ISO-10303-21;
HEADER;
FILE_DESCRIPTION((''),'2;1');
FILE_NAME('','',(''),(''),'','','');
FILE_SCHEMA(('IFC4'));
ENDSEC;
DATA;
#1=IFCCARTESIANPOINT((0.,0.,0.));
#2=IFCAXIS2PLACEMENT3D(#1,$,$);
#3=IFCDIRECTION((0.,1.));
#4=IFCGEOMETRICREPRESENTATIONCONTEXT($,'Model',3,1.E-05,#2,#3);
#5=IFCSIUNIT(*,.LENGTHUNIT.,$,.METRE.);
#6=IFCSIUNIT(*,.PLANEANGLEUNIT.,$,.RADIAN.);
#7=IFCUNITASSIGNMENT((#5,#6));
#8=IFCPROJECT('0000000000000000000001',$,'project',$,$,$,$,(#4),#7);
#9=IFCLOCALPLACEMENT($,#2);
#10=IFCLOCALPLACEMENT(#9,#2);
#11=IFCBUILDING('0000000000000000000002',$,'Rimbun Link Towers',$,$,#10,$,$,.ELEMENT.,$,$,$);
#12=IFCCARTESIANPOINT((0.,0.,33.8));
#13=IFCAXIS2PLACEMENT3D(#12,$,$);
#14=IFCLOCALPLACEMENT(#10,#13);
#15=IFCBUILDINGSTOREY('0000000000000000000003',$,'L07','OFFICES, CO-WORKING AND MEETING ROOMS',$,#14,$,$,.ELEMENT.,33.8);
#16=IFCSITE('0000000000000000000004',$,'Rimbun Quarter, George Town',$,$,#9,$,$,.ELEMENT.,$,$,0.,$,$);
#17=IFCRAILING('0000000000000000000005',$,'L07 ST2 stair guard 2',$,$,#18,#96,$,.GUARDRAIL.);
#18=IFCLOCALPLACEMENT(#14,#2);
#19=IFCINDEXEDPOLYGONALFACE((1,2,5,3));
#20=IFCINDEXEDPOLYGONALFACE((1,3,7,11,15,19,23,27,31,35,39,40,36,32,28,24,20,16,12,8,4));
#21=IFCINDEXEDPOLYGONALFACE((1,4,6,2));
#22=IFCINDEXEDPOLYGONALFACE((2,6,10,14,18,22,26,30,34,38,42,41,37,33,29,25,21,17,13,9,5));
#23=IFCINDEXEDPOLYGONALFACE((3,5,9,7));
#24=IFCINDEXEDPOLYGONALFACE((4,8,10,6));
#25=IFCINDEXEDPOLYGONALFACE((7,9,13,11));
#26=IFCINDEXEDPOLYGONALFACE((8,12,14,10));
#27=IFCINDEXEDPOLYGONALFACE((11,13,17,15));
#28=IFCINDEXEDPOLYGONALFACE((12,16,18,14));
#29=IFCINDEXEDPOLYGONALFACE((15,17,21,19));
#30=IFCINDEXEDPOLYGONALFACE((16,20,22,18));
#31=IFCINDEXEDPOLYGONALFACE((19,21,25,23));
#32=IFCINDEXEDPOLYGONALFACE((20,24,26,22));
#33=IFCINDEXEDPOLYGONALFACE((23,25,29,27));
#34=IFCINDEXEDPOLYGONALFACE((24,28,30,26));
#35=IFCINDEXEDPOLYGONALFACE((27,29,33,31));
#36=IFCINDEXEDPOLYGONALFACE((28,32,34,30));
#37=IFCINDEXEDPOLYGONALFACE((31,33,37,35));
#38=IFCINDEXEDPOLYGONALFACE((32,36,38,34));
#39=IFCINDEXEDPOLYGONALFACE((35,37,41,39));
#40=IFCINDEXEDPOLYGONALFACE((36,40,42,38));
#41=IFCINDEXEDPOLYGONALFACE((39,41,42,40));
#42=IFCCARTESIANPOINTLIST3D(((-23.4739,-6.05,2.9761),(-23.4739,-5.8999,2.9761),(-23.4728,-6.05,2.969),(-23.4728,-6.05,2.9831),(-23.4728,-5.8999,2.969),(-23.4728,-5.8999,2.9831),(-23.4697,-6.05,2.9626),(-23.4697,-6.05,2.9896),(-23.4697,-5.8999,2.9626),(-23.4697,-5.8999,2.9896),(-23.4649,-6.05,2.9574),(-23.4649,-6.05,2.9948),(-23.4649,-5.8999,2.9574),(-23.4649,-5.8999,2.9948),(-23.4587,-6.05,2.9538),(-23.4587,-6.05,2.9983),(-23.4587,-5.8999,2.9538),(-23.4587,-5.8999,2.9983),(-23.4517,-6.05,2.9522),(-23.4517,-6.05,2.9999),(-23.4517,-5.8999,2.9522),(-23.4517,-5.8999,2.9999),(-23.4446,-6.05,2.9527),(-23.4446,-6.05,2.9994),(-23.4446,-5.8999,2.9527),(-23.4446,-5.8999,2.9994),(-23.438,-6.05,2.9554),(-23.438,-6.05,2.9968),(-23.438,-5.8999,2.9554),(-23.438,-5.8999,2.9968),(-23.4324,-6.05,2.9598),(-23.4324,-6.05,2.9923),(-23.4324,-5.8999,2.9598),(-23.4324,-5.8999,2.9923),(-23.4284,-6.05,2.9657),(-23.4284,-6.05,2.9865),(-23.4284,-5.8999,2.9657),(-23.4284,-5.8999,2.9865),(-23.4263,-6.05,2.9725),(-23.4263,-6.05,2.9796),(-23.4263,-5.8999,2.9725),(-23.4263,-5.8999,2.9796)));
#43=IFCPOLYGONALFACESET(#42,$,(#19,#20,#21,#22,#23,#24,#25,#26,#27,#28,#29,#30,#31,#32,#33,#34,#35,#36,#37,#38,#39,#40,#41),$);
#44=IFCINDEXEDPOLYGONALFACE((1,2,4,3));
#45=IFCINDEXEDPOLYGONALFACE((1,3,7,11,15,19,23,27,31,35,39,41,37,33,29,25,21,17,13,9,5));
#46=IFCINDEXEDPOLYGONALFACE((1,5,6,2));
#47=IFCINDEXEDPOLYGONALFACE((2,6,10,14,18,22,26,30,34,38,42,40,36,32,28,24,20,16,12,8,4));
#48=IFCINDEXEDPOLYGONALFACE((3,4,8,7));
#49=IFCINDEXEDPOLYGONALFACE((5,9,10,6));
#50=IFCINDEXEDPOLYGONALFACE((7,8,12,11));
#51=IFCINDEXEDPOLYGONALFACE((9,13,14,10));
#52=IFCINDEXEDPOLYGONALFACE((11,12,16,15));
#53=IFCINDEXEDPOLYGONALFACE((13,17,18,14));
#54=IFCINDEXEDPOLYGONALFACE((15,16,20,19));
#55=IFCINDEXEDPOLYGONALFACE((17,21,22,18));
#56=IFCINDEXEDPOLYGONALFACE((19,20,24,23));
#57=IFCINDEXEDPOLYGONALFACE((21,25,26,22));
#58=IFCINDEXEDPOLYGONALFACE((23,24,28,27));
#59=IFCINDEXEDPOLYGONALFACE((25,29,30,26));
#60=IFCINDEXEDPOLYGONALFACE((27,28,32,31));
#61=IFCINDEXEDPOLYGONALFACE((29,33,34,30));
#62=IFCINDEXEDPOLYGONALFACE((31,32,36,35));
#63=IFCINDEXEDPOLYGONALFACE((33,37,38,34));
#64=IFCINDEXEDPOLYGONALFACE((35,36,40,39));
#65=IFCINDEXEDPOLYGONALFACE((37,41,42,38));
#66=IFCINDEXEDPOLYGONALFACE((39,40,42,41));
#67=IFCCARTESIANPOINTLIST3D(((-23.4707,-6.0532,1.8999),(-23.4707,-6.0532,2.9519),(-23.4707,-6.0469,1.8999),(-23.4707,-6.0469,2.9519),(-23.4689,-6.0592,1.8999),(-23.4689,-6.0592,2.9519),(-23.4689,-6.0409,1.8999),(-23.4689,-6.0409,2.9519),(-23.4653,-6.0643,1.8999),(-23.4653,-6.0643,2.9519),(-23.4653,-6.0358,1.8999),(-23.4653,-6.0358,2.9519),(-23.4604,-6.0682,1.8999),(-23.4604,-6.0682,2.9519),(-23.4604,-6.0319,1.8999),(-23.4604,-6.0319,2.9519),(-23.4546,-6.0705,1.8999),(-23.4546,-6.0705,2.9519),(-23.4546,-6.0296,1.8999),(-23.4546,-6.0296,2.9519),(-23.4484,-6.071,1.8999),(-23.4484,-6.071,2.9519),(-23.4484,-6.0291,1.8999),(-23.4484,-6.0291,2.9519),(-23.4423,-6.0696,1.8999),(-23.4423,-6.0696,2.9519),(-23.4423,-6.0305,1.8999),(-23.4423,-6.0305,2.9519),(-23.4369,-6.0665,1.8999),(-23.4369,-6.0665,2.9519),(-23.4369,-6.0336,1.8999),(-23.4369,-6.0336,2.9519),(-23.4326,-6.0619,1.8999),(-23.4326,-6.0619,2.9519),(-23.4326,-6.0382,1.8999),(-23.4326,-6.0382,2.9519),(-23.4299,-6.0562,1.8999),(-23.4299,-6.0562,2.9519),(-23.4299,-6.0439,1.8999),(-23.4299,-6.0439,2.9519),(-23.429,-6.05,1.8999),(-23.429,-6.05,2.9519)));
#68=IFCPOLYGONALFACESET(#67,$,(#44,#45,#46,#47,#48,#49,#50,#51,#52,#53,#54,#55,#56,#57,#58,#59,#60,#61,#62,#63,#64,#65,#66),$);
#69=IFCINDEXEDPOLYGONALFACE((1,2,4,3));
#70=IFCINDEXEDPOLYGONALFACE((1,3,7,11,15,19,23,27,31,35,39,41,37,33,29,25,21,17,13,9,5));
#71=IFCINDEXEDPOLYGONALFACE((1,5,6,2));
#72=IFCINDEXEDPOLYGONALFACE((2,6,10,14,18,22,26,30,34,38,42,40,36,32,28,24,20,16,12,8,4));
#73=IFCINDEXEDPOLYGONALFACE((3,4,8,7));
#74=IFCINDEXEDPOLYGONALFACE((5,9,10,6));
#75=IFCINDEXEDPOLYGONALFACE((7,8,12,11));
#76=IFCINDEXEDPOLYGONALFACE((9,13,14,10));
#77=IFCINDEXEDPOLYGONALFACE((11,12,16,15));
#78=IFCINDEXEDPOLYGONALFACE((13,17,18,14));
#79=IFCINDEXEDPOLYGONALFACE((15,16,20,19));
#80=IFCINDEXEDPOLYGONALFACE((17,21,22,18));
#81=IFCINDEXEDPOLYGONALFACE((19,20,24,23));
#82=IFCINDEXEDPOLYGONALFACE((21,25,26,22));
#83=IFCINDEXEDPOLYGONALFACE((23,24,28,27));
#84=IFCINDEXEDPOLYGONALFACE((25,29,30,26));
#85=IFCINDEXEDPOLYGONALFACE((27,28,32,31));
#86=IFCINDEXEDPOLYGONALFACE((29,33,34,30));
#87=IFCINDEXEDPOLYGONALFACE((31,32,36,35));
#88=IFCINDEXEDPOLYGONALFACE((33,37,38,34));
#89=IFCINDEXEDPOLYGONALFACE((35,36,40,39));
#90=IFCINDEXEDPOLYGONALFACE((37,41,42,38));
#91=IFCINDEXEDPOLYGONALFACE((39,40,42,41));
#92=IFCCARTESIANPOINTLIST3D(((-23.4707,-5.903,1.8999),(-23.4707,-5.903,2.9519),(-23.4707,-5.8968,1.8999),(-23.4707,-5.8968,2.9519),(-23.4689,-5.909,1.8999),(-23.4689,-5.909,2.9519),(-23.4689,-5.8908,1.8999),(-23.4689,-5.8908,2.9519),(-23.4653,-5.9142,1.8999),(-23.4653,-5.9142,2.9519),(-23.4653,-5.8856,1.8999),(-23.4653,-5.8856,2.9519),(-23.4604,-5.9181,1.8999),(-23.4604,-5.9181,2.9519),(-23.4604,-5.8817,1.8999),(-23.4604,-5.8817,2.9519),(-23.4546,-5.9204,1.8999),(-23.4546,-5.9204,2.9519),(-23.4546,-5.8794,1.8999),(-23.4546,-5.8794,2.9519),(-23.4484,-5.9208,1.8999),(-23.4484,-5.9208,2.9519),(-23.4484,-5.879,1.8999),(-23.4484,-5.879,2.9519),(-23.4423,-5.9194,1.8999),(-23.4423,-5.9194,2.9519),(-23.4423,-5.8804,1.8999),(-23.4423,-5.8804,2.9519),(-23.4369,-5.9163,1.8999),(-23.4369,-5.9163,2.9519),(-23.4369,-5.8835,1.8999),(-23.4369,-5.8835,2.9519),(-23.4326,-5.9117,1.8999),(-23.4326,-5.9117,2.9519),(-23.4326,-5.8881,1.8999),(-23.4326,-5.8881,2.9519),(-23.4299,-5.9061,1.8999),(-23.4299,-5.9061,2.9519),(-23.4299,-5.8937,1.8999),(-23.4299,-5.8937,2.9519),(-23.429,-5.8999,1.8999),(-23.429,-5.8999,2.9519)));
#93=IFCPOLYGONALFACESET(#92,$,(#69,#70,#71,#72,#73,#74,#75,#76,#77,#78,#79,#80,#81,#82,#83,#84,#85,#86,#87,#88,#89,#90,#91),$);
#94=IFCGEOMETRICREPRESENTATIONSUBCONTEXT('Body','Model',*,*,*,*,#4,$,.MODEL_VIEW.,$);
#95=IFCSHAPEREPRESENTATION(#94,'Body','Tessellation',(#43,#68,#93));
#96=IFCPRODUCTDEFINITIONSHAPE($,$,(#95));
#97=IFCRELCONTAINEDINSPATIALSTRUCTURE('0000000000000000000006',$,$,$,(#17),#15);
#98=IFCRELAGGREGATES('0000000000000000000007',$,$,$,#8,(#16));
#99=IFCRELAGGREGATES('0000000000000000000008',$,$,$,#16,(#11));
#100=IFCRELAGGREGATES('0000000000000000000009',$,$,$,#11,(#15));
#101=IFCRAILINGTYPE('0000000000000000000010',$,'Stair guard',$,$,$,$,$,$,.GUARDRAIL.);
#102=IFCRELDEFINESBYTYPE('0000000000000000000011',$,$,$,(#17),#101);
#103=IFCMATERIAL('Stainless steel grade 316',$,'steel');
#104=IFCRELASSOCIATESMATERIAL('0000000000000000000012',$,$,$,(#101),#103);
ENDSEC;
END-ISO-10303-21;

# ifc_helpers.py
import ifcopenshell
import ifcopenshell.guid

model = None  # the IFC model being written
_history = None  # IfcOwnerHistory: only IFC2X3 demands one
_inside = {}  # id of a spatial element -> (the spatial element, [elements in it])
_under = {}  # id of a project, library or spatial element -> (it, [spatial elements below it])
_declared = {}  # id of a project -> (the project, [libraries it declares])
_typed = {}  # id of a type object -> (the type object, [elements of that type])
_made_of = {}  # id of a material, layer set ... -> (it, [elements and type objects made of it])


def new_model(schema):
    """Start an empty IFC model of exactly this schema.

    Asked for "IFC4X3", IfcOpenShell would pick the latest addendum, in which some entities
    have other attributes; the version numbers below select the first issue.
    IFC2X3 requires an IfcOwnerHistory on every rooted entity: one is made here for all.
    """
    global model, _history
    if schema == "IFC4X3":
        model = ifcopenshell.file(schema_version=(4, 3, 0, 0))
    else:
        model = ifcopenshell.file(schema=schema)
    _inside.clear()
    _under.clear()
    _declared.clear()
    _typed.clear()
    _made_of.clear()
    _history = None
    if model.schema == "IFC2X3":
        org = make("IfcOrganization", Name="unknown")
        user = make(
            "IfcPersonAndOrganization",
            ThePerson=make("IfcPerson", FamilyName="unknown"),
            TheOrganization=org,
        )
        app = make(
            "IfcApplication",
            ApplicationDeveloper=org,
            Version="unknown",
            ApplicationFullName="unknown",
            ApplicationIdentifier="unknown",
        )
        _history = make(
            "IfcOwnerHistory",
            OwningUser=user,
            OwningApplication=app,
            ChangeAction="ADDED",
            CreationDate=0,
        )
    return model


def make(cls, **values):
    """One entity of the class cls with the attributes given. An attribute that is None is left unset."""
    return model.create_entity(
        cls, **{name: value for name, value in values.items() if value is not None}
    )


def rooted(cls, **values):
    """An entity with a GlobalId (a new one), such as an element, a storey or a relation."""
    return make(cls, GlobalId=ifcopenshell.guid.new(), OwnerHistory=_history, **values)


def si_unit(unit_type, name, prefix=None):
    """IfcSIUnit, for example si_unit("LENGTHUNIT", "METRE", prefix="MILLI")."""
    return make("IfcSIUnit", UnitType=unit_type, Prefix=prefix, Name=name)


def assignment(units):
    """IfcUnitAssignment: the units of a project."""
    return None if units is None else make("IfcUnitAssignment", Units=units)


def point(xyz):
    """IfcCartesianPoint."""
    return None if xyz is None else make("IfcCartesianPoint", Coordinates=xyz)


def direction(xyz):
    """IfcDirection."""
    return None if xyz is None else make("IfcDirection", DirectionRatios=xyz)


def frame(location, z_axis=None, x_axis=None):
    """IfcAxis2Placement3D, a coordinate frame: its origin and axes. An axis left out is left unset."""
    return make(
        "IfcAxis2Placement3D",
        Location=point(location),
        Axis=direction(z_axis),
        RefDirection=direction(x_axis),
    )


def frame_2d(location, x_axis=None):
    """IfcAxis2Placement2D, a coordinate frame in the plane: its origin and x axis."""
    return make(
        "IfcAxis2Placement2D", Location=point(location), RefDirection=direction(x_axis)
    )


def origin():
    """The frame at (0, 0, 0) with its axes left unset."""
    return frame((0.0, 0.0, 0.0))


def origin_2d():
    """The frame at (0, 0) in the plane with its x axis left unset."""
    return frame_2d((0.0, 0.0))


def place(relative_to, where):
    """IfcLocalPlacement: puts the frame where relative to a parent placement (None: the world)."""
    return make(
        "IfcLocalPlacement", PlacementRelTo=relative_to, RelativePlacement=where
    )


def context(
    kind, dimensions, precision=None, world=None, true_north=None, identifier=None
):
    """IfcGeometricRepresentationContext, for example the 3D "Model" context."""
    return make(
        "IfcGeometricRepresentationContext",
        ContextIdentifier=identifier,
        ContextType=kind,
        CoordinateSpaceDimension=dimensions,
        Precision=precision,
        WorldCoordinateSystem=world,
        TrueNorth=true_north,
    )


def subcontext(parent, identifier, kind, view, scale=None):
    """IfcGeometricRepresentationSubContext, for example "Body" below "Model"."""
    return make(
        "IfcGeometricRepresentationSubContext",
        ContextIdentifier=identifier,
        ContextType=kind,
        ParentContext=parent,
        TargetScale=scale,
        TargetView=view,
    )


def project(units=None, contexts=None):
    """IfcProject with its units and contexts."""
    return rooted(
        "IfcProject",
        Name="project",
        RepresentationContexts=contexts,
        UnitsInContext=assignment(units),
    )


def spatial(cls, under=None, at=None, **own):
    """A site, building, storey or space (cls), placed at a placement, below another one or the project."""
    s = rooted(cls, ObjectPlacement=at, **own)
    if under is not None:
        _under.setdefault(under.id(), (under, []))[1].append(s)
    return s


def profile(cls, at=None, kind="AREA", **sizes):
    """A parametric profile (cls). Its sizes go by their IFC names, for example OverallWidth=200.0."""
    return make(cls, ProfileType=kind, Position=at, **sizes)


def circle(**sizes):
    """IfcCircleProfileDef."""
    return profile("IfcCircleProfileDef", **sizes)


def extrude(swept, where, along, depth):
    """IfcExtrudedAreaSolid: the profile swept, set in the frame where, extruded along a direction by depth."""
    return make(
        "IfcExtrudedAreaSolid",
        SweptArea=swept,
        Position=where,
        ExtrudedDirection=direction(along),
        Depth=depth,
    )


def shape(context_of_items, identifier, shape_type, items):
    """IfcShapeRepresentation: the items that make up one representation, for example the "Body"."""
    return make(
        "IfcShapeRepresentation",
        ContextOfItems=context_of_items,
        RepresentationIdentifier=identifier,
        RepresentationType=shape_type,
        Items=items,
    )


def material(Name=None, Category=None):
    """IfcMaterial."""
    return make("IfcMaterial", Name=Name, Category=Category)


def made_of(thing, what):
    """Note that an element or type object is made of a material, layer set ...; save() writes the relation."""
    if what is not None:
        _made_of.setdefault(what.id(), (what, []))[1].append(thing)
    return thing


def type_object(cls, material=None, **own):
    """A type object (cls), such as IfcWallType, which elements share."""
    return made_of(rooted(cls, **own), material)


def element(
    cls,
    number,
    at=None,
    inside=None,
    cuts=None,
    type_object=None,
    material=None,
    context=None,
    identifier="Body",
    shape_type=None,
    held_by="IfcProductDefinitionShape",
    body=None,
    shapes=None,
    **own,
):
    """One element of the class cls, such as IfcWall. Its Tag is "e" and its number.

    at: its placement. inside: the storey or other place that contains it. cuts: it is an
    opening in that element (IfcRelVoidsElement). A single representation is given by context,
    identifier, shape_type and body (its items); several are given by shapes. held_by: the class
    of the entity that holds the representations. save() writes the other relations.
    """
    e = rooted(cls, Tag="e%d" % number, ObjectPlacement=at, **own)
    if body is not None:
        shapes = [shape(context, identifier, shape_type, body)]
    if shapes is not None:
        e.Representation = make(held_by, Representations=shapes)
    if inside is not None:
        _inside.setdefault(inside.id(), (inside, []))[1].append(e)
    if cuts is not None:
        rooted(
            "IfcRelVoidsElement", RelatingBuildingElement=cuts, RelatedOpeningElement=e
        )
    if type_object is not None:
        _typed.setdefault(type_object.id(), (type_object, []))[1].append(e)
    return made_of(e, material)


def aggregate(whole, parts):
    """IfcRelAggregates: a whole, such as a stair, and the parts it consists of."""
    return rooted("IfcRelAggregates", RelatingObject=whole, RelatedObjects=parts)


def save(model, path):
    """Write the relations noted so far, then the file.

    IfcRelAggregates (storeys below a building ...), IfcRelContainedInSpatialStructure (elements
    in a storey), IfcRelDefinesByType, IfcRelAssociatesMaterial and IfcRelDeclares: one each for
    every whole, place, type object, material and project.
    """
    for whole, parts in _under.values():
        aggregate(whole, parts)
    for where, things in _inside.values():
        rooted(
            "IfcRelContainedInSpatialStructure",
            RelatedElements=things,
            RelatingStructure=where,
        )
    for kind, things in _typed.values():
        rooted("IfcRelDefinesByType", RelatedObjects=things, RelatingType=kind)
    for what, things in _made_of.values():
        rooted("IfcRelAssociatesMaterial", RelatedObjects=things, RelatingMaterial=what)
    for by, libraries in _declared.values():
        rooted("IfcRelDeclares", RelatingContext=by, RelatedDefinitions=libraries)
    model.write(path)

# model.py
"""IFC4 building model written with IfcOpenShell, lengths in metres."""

from ifc_helpers import new_model, si_unit, direction, frame, origin, origin_2d, place, context, subcontext, project, spatial, circle, extrude, material, type_object, element, save


model = new_model("IFC4")

# Units and contexts
model_context = context("Model", 3, precision=1e-05, world=origin(), true_north=direction((0.0, 1.0)))
body_context = subcontext(model_context, "Body", "Model", "MODEL_VIEW")
ifc_project = project(units=[si_unit("LENGTHUNIT", "METRE"), si_unit("PLANEANGLEUNIT", "RADIAN")], contexts=[model_context])

# Site, building, storey
site_placement = place(None, origin())
site = spatial("IfcSite", under=ifc_project, at=site_placement, Name="Rimbun Quarter, George Town", CompositionType="ELEMENT", RefElevation=0.0)
building_placement = place(site_placement, origin())
building = spatial("IfcBuilding", under=site, at=building_placement, Name="Rimbun Link Towers", CompositionType="ELEMENT")
storey_placement = place(building_placement, frame((0.0, 0.0, 33.8)))
storey = spatial("IfcBuildingStorey", under=building, at=storey_placement, Name="L07", Description="OFFICES, CO-WORKING AND MEETING ROOMS", CompositionType="ELEMENT", Elevation=33.8)

# Railing
ifc_material_1 = material(Name="Stainless steel grade 316", Category="steel")
railing_type_1 = type_object("IfcRailingType", Name="Stair guard", PredefinedType="GUARDRAIL", material=ifc_material_1)
railing_1_placement = place(storey_placement, frame((-23.45, -6.05, 1.8999)))
element("IfcRailing", 1, at=railing_1_placement, inside=storey, type_object=railing_type_1, Name="L07 ST2 stair guard 2", PredefinedType="GUARDRAIL", context=body_context, shape_type="SweptSolid", body=[
    extrude(circle(Radius=0.0239, at=origin_2d()), frame((0.0, 0.0, 1.0762), z_axis=(0.0, 1.0, 0.0), x_axis=(-1.0, 0.0, 0.0)), (0.0, 0.0, 1.0), 0.1501),
    extrude(circle(Radius=0.021, at=origin_2d()), origin(), (0.0, 0.0, 1.0), 1.052),
    extrude(circle(Radius=0.021, at=origin_2d()), frame((0.0, 0.1501, 0.0)), (0.0, 0.0, 1.0), 1.052),
])

save(model, "model.ifc")
